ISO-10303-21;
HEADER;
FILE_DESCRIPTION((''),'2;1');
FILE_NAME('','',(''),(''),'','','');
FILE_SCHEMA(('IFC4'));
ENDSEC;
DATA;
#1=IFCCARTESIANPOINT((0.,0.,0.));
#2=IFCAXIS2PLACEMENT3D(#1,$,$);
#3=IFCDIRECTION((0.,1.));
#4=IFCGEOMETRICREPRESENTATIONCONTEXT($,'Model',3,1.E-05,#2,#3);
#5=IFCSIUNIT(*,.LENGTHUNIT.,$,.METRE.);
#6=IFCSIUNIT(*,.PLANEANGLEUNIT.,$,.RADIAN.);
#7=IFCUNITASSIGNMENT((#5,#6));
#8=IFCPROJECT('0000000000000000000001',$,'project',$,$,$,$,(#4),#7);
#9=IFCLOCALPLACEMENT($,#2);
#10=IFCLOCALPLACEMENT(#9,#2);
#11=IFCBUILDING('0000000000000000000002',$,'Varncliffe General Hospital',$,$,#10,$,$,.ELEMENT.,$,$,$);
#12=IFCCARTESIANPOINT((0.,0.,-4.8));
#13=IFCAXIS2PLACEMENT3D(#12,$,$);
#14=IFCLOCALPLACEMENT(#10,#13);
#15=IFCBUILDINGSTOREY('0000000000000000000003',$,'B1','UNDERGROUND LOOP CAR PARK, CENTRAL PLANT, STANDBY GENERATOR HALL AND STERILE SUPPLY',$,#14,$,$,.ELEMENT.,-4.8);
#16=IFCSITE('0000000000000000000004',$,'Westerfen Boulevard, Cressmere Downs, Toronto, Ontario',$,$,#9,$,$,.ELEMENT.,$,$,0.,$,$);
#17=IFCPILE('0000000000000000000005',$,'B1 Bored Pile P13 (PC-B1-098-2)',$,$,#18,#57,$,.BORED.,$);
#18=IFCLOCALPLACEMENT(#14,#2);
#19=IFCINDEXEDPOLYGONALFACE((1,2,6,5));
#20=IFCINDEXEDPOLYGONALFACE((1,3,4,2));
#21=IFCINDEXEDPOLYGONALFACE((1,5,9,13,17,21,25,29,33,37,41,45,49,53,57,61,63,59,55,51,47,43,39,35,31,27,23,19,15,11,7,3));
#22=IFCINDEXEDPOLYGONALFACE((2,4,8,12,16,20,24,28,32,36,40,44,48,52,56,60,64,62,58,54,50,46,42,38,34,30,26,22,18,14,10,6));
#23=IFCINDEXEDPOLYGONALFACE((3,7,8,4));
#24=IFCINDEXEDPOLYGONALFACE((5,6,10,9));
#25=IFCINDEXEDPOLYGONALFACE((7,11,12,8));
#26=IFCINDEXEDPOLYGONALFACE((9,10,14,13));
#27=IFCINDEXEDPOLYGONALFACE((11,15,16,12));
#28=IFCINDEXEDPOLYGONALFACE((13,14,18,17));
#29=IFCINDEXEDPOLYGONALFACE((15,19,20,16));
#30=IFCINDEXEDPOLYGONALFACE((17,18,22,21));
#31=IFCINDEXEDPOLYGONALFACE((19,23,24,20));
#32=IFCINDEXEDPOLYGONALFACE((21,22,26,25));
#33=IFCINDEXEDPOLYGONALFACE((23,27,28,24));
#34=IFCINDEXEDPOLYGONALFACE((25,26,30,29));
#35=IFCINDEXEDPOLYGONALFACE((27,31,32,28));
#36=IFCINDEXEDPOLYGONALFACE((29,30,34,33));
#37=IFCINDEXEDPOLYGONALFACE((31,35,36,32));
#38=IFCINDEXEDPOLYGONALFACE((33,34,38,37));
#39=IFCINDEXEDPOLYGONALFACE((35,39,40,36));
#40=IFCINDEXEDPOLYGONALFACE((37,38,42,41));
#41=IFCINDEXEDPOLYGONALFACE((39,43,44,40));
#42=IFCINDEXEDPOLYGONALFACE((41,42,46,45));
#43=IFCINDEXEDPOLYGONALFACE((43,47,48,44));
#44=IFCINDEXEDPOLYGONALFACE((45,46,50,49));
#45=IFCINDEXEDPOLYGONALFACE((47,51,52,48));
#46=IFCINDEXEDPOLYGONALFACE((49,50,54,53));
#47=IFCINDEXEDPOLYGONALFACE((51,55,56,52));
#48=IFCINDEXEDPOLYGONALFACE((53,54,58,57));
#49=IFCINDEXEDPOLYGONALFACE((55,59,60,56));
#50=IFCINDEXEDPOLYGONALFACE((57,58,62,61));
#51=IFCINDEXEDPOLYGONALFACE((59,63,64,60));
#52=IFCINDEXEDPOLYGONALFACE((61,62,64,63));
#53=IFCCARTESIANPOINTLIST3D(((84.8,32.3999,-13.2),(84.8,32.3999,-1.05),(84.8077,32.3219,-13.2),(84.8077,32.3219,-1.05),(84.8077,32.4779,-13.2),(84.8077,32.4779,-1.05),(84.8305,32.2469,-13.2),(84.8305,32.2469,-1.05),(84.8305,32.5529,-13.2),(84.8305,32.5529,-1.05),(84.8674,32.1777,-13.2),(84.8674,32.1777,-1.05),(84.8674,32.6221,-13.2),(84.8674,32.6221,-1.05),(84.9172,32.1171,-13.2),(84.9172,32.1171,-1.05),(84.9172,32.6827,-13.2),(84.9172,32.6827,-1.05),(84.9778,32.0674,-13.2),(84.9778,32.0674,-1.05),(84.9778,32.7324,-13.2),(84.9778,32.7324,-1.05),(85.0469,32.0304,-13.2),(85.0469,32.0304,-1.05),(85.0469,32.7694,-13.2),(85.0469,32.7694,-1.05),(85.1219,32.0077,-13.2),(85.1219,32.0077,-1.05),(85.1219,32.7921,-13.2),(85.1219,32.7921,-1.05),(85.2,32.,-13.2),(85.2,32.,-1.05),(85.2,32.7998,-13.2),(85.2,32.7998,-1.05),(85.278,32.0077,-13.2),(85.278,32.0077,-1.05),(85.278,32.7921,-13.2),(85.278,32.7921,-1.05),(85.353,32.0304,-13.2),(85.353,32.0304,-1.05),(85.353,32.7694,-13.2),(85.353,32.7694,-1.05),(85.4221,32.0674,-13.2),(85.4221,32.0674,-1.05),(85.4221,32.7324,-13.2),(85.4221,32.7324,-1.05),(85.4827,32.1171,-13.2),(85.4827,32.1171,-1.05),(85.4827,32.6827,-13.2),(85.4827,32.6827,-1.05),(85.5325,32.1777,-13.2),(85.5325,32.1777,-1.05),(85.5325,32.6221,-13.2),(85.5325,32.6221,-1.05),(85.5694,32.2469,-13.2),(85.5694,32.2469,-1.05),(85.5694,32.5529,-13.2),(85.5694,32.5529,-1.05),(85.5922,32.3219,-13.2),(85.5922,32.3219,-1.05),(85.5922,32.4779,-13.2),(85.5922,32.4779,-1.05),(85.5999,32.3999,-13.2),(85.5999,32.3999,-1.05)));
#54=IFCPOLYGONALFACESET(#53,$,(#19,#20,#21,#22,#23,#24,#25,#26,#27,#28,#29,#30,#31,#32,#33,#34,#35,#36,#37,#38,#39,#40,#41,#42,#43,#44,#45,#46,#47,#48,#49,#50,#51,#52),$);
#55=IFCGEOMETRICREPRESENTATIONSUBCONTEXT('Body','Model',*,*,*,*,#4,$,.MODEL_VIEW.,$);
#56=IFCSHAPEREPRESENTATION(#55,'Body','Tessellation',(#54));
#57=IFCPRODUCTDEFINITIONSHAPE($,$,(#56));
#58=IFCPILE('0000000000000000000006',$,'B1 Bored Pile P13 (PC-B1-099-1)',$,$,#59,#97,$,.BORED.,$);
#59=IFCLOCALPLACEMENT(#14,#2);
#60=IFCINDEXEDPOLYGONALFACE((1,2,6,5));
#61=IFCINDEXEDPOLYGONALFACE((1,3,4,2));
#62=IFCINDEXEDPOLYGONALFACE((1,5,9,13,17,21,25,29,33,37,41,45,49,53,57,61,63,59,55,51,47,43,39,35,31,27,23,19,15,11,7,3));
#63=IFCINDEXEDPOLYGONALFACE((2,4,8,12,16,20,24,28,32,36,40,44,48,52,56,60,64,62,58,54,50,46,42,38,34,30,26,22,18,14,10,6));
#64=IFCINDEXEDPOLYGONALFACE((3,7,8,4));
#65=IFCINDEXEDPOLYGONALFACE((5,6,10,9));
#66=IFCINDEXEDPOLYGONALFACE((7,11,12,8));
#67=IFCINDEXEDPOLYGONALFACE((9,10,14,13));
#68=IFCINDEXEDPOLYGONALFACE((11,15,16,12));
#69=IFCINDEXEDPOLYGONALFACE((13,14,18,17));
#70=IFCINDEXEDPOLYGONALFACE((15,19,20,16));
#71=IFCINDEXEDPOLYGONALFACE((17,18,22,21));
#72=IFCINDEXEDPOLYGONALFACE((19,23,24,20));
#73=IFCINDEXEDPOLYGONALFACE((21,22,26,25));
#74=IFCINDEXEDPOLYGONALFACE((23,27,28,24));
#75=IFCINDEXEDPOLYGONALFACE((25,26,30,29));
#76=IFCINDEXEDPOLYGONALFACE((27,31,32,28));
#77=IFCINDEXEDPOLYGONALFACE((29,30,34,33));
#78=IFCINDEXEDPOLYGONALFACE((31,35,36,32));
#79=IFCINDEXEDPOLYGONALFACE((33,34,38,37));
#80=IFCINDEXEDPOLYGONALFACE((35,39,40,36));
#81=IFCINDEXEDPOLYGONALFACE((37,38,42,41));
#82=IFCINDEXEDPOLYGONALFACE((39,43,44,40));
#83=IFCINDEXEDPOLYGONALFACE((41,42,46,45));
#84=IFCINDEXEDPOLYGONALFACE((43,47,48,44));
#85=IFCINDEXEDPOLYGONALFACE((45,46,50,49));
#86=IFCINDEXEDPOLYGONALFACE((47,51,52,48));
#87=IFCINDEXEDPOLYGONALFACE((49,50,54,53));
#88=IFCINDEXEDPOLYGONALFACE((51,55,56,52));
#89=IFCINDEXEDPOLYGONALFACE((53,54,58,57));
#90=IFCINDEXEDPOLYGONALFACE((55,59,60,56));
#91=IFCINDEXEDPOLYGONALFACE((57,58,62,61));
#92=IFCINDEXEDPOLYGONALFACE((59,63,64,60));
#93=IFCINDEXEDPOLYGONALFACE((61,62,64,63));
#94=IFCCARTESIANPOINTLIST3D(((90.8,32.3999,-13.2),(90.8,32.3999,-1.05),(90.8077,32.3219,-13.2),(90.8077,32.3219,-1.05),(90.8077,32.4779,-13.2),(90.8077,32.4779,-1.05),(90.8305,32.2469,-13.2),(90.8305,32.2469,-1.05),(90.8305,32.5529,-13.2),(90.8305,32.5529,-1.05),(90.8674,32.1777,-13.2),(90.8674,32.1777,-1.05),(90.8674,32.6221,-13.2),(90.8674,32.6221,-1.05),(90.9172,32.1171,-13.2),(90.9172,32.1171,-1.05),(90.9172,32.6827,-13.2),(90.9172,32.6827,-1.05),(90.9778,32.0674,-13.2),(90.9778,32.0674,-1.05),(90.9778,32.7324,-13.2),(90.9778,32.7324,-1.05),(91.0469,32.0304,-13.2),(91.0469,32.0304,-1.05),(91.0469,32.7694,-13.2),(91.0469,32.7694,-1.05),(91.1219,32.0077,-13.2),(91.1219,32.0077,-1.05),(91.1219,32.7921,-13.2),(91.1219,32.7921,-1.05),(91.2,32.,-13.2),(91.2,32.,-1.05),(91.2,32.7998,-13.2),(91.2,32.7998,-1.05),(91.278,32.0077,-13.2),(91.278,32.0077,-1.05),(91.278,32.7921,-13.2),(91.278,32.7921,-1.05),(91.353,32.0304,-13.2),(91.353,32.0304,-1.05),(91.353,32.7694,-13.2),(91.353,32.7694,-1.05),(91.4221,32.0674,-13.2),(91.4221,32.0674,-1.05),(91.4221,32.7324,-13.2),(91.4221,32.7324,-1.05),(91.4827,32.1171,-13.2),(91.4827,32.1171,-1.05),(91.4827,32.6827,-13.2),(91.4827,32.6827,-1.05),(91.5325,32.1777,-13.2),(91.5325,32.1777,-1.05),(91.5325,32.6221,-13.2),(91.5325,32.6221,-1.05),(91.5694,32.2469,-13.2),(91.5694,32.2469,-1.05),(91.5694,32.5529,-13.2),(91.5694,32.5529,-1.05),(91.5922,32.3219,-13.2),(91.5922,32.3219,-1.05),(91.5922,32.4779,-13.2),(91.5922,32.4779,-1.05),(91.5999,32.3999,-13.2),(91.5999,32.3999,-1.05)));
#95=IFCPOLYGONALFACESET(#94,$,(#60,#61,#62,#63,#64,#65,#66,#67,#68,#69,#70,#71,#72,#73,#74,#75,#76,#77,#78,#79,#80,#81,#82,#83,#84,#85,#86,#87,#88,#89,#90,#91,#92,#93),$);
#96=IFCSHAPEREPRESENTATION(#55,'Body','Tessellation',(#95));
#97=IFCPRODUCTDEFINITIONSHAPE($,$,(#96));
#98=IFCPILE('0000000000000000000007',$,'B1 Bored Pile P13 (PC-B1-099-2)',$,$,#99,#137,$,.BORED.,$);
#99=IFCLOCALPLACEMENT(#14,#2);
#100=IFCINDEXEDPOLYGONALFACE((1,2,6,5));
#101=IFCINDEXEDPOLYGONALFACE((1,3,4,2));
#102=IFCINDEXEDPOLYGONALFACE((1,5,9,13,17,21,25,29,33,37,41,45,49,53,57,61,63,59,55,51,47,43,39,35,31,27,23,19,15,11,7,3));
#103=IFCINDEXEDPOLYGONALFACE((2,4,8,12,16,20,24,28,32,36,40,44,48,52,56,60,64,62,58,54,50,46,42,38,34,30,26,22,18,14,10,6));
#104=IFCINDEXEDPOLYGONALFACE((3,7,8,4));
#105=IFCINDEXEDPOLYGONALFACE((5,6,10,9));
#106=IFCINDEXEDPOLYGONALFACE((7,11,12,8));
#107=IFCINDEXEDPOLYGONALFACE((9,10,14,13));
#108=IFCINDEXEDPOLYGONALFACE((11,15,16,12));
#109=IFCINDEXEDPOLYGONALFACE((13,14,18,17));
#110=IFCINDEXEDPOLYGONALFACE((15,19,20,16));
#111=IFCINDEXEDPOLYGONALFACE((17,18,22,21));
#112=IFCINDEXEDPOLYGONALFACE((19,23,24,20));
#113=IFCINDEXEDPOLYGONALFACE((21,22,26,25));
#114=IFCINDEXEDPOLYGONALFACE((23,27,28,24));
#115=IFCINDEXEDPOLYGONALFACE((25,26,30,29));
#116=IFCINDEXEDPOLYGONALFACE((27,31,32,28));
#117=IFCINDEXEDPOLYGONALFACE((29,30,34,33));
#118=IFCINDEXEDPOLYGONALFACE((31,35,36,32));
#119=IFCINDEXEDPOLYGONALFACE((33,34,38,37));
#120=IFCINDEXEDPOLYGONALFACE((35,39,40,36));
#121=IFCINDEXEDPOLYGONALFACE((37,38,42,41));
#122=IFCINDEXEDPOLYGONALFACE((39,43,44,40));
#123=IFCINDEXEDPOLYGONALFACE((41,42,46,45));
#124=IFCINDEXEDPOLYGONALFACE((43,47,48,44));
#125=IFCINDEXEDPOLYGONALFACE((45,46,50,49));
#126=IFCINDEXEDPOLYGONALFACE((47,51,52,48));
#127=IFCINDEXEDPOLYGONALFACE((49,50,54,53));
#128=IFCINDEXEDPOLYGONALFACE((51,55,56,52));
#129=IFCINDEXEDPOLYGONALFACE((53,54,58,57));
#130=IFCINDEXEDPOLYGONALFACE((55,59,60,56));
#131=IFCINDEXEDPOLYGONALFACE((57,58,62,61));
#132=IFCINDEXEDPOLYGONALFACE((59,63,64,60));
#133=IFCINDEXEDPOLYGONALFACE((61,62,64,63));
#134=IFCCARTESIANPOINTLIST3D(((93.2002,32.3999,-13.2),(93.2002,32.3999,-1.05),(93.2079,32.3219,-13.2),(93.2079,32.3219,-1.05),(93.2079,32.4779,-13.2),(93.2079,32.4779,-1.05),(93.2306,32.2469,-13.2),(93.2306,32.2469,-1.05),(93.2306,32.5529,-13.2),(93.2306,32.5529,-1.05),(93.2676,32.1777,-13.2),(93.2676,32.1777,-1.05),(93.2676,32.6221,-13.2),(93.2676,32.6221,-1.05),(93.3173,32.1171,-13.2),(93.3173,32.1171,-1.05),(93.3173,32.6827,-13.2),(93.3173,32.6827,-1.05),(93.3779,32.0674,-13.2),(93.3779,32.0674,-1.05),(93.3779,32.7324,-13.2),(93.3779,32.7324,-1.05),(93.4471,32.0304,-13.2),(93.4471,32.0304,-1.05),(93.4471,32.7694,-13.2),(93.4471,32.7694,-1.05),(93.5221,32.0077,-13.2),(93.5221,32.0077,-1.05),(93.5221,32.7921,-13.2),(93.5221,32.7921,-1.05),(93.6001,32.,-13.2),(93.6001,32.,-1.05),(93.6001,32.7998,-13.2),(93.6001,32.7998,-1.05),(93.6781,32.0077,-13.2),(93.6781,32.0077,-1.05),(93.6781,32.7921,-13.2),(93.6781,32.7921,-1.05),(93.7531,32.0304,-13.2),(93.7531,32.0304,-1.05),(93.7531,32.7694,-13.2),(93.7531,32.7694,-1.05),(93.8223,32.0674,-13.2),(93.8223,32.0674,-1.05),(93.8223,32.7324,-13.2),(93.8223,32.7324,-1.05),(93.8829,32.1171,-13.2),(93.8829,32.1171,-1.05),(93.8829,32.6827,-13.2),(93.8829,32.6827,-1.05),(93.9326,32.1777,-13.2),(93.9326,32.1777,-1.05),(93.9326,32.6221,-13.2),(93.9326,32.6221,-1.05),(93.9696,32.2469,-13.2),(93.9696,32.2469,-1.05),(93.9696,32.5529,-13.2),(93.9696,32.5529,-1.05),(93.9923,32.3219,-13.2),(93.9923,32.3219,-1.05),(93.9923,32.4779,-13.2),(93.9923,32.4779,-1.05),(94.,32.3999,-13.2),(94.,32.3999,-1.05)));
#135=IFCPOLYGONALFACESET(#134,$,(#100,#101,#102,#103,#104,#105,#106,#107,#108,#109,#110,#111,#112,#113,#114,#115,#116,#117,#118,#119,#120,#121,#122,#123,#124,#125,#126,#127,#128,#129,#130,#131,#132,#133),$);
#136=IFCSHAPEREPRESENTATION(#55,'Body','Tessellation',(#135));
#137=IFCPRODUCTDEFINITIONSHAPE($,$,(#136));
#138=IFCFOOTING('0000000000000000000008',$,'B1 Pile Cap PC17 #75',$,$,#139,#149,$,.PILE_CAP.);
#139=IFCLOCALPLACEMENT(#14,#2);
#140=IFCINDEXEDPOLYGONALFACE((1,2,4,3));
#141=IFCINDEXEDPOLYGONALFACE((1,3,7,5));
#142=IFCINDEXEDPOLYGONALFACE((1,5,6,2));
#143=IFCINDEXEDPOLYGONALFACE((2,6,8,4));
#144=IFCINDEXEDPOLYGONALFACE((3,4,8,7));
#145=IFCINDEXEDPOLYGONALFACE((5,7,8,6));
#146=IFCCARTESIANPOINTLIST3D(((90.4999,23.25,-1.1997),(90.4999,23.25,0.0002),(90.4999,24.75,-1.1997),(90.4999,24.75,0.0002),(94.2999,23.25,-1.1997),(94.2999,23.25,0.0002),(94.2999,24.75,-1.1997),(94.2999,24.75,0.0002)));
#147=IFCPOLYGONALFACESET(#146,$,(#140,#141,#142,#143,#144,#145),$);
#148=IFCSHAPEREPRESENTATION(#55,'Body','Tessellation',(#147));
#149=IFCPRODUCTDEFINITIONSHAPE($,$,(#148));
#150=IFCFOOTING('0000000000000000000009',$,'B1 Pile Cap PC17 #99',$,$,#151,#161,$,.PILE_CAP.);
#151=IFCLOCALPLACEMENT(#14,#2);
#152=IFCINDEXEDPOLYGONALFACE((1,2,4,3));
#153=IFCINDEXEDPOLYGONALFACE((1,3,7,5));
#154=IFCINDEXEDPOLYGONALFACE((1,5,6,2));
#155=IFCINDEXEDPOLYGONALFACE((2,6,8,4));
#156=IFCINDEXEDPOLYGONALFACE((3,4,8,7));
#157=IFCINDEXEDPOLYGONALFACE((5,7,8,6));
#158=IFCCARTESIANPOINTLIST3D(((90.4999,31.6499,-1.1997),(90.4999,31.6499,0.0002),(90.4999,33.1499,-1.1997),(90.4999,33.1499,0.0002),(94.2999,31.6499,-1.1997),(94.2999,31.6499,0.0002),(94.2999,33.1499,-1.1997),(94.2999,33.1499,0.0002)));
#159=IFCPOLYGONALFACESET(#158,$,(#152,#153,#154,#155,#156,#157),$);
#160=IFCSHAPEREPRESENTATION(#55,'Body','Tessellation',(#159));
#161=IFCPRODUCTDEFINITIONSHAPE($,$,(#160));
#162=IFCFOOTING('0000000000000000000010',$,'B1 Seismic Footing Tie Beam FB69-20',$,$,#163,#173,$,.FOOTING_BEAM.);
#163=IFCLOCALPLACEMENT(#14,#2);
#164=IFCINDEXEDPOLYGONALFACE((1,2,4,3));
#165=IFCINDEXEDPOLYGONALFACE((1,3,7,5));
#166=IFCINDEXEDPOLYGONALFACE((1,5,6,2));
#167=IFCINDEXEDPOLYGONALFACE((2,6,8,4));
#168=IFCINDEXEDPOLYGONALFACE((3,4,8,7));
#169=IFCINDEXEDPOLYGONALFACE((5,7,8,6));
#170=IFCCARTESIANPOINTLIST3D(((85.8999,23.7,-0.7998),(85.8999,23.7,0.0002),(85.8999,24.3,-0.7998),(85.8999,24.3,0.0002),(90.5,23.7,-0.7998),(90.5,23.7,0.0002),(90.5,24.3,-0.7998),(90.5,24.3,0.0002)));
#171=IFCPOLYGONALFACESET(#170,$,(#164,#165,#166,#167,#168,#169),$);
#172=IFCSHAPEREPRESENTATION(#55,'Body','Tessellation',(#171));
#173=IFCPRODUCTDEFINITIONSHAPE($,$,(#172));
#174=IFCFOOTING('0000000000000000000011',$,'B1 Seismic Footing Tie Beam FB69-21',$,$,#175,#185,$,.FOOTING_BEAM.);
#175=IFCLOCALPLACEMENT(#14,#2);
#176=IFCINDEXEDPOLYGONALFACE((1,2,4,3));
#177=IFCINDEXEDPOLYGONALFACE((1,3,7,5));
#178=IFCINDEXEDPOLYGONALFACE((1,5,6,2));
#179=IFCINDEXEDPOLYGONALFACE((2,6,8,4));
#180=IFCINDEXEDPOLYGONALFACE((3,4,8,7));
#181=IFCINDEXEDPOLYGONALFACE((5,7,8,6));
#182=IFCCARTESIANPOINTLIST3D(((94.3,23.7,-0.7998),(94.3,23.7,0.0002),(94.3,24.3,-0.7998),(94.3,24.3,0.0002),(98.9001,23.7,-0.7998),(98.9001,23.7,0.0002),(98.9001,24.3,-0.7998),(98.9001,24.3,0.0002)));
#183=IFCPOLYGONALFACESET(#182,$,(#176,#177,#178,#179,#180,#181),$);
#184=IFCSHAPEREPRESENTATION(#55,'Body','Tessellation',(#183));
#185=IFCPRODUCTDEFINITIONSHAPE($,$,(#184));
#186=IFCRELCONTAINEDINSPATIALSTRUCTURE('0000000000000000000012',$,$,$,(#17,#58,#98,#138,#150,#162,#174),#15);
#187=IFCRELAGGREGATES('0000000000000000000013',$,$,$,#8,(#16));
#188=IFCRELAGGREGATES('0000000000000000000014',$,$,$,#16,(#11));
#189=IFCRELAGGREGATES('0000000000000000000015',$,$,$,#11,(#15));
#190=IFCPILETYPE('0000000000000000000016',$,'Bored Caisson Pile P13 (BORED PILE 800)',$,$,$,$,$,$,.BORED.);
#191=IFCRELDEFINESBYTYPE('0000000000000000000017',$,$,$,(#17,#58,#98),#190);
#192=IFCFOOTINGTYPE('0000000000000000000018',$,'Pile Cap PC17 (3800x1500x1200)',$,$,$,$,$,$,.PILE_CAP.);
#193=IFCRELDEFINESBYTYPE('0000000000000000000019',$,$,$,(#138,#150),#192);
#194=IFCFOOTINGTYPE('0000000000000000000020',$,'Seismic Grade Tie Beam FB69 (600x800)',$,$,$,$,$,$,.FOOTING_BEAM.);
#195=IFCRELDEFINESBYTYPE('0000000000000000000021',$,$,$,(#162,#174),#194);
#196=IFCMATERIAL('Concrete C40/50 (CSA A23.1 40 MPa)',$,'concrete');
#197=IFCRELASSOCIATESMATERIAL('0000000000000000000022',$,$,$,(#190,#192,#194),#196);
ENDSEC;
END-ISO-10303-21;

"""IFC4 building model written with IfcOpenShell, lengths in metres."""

from ifc_helpers import new_model, si_unit, direction, frame, origin, origin_2d, place, context, subcontext, project, spatial, rectangle, circle, extrude, material, material_profile, profile_set, type_object, element, save


model = new_model("IFC4")

# Units and contexts
model_context = context("Model", 3, precision=1e-05, world=origin(), true_north=direction((0.0, 1.0)))
body_context = subcontext(model_context, "Body", "Model", "MODEL_VIEW")
ifc_project = project(units=[si_unit("LENGTHUNIT", "METRE"), si_unit("PLANEANGLEUNIT", "RADIAN")], contexts=[model_context])

# Site, building, storey
site_placement = place(None, origin())
site = spatial("IfcSite", under=ifc_project, at=site_placement, Name="Westerfen Boulevard, Cressmere Downs, Toronto, Ontario", CompositionType="ELEMENT", RefElevation=0.0)
building_placement = place(site_placement, origin())
building = spatial("IfcBuilding", under=site, at=building_placement, Name="Varncliffe General Hospital", CompositionType="ELEMENT")
storey_placement = place(building_placement, frame((0.0, 0.0, -4.8)))
storey = spatial("IfcBuildingStorey", under=building, at=storey_placement, Name="B1", Description="UNDERGROUND LOOP CAR PARK, CENTRAL PLANT, STANDBY GENERATOR HALL AND STERILE SUPPLY", CompositionType="ELEMENT", Elevation=-4.8)

# Piles
ifc_material_1 = material(Name="Concrete C40/50 (CSA A23.1 40 MPa)", Category="concrete")
ifc_material_profile_1 = material_profile(ifc_material_1, circle(Radius=0.3999, at=origin_2d()), Name="BORED PILE 800")
ifc_profile_set_1 = profile_set([ifc_material_profile_1], Name="Concrete C40/50 (CSA A23.1 40 MPa)")
pile_type = type_object("IfcPileType", Name="Bored Caisson Pile P13 (BORED PILE 800)", PredefinedType="BORED", material=ifc_profile_set_1)
for number, where, z_axis, x_axis, name in (
    (1, (85.2, 32.3999, -1.05), (0.0, 0.0, -1.0), (1.0, 0.0, 0.0), "B1 Bored Pile P13 (PC-B1-098-2)"),
    (2, (91.2, 32.3999, -1.05), (0.0, 0.0, -1.0), (1.0, 0.0, 0.0), "B1 Bored Pile P13 (PC-B1-099-1)"),
    (3, (93.6001, 32.3999, -1.05), (0.0, 0.0, -1.0), (1.0, 0.0, 0.0), "B1 Bored Pile P13 (PC-B1-099-2)"),
):
    element("IfcPile", number, at=place(storey_placement, frame(where, z_axis=z_axis, x_axis=x_axis)), inside=storey, type_object=pile_type, Name=name, PredefinedType="BORED", context=body_context, shape_type="SweptSolid", body=[
        extrude(circle(Radius=0.3999, at=origin_2d()), origin(), (0.0, 0.0, 1.0), 12.1499),
    ])

# Footings
footing_type_1 = type_object("IfcFootingType", Name="Pile Cap PC17 (3800x1500x1200)", PredefinedType="PILE_CAP", material=ifc_material_1)
for number, where, z_axis, x_axis, name in (
    (4, (92.3999, 24.0, -1.1997), (0.0, 0.0, 1.0), (1.0, 0.0, 0.0), "B1 Pile Cap PC17 #75"),
    (5, (92.3999, 32.3999, -1.1997), (0.0, 0.0, 1.0), (1.0, 0.0, 0.0), "B1 Pile Cap PC17 #99"),
):
    element("IfcFooting", number, at=place(storey_placement, frame(where, z_axis=z_axis, x_axis=x_axis)), inside=storey, type_object=footing_type_1, Name=name, PredefinedType="PILE_CAP", context=body_context, shape_type="SweptSolid", body=[
        extrude(rectangle(XDim=3.8, YDim=1.5, at=origin_2d()), origin(), (0.0, 0.0, 1.0), 1.2),
    ])
footing_type_2 = type_object("IfcFootingType", Name="Seismic Grade Tie Beam FB69 (600x800)", PredefinedType="FOOTING_BEAM", material=ifc_material_1)
for number, where, z_axis, x_axis, name in (
    (6, (88.2, 24.0, -0.7998), (0.0, 0.0, 1.0), (1.0, 0.0, 0.0), "B1 Seismic Footing Tie Beam FB69-20"),
    (7, (96.6001, 24.0, -0.7998), (0.0, 0.0, 1.0), (1.0, 0.0, 0.0), "B1 Seismic Footing Tie Beam FB69-21"),
):
    element("IfcFooting", number, at=place(storey_placement, frame(where, z_axis=z_axis, x_axis=x_axis)), inside=storey, type_object=footing_type_2, Name=name, PredefinedType="FOOTING_BEAM", context=body_context, shape_type="SweptSolid", body=[
        extrude(rectangle(XDim=4.6001, YDim=0.6001, at=origin_2d()), origin(), (0.0, 0.0, 1.0), 0.8),
    ])

save(model, "model.ifc")
